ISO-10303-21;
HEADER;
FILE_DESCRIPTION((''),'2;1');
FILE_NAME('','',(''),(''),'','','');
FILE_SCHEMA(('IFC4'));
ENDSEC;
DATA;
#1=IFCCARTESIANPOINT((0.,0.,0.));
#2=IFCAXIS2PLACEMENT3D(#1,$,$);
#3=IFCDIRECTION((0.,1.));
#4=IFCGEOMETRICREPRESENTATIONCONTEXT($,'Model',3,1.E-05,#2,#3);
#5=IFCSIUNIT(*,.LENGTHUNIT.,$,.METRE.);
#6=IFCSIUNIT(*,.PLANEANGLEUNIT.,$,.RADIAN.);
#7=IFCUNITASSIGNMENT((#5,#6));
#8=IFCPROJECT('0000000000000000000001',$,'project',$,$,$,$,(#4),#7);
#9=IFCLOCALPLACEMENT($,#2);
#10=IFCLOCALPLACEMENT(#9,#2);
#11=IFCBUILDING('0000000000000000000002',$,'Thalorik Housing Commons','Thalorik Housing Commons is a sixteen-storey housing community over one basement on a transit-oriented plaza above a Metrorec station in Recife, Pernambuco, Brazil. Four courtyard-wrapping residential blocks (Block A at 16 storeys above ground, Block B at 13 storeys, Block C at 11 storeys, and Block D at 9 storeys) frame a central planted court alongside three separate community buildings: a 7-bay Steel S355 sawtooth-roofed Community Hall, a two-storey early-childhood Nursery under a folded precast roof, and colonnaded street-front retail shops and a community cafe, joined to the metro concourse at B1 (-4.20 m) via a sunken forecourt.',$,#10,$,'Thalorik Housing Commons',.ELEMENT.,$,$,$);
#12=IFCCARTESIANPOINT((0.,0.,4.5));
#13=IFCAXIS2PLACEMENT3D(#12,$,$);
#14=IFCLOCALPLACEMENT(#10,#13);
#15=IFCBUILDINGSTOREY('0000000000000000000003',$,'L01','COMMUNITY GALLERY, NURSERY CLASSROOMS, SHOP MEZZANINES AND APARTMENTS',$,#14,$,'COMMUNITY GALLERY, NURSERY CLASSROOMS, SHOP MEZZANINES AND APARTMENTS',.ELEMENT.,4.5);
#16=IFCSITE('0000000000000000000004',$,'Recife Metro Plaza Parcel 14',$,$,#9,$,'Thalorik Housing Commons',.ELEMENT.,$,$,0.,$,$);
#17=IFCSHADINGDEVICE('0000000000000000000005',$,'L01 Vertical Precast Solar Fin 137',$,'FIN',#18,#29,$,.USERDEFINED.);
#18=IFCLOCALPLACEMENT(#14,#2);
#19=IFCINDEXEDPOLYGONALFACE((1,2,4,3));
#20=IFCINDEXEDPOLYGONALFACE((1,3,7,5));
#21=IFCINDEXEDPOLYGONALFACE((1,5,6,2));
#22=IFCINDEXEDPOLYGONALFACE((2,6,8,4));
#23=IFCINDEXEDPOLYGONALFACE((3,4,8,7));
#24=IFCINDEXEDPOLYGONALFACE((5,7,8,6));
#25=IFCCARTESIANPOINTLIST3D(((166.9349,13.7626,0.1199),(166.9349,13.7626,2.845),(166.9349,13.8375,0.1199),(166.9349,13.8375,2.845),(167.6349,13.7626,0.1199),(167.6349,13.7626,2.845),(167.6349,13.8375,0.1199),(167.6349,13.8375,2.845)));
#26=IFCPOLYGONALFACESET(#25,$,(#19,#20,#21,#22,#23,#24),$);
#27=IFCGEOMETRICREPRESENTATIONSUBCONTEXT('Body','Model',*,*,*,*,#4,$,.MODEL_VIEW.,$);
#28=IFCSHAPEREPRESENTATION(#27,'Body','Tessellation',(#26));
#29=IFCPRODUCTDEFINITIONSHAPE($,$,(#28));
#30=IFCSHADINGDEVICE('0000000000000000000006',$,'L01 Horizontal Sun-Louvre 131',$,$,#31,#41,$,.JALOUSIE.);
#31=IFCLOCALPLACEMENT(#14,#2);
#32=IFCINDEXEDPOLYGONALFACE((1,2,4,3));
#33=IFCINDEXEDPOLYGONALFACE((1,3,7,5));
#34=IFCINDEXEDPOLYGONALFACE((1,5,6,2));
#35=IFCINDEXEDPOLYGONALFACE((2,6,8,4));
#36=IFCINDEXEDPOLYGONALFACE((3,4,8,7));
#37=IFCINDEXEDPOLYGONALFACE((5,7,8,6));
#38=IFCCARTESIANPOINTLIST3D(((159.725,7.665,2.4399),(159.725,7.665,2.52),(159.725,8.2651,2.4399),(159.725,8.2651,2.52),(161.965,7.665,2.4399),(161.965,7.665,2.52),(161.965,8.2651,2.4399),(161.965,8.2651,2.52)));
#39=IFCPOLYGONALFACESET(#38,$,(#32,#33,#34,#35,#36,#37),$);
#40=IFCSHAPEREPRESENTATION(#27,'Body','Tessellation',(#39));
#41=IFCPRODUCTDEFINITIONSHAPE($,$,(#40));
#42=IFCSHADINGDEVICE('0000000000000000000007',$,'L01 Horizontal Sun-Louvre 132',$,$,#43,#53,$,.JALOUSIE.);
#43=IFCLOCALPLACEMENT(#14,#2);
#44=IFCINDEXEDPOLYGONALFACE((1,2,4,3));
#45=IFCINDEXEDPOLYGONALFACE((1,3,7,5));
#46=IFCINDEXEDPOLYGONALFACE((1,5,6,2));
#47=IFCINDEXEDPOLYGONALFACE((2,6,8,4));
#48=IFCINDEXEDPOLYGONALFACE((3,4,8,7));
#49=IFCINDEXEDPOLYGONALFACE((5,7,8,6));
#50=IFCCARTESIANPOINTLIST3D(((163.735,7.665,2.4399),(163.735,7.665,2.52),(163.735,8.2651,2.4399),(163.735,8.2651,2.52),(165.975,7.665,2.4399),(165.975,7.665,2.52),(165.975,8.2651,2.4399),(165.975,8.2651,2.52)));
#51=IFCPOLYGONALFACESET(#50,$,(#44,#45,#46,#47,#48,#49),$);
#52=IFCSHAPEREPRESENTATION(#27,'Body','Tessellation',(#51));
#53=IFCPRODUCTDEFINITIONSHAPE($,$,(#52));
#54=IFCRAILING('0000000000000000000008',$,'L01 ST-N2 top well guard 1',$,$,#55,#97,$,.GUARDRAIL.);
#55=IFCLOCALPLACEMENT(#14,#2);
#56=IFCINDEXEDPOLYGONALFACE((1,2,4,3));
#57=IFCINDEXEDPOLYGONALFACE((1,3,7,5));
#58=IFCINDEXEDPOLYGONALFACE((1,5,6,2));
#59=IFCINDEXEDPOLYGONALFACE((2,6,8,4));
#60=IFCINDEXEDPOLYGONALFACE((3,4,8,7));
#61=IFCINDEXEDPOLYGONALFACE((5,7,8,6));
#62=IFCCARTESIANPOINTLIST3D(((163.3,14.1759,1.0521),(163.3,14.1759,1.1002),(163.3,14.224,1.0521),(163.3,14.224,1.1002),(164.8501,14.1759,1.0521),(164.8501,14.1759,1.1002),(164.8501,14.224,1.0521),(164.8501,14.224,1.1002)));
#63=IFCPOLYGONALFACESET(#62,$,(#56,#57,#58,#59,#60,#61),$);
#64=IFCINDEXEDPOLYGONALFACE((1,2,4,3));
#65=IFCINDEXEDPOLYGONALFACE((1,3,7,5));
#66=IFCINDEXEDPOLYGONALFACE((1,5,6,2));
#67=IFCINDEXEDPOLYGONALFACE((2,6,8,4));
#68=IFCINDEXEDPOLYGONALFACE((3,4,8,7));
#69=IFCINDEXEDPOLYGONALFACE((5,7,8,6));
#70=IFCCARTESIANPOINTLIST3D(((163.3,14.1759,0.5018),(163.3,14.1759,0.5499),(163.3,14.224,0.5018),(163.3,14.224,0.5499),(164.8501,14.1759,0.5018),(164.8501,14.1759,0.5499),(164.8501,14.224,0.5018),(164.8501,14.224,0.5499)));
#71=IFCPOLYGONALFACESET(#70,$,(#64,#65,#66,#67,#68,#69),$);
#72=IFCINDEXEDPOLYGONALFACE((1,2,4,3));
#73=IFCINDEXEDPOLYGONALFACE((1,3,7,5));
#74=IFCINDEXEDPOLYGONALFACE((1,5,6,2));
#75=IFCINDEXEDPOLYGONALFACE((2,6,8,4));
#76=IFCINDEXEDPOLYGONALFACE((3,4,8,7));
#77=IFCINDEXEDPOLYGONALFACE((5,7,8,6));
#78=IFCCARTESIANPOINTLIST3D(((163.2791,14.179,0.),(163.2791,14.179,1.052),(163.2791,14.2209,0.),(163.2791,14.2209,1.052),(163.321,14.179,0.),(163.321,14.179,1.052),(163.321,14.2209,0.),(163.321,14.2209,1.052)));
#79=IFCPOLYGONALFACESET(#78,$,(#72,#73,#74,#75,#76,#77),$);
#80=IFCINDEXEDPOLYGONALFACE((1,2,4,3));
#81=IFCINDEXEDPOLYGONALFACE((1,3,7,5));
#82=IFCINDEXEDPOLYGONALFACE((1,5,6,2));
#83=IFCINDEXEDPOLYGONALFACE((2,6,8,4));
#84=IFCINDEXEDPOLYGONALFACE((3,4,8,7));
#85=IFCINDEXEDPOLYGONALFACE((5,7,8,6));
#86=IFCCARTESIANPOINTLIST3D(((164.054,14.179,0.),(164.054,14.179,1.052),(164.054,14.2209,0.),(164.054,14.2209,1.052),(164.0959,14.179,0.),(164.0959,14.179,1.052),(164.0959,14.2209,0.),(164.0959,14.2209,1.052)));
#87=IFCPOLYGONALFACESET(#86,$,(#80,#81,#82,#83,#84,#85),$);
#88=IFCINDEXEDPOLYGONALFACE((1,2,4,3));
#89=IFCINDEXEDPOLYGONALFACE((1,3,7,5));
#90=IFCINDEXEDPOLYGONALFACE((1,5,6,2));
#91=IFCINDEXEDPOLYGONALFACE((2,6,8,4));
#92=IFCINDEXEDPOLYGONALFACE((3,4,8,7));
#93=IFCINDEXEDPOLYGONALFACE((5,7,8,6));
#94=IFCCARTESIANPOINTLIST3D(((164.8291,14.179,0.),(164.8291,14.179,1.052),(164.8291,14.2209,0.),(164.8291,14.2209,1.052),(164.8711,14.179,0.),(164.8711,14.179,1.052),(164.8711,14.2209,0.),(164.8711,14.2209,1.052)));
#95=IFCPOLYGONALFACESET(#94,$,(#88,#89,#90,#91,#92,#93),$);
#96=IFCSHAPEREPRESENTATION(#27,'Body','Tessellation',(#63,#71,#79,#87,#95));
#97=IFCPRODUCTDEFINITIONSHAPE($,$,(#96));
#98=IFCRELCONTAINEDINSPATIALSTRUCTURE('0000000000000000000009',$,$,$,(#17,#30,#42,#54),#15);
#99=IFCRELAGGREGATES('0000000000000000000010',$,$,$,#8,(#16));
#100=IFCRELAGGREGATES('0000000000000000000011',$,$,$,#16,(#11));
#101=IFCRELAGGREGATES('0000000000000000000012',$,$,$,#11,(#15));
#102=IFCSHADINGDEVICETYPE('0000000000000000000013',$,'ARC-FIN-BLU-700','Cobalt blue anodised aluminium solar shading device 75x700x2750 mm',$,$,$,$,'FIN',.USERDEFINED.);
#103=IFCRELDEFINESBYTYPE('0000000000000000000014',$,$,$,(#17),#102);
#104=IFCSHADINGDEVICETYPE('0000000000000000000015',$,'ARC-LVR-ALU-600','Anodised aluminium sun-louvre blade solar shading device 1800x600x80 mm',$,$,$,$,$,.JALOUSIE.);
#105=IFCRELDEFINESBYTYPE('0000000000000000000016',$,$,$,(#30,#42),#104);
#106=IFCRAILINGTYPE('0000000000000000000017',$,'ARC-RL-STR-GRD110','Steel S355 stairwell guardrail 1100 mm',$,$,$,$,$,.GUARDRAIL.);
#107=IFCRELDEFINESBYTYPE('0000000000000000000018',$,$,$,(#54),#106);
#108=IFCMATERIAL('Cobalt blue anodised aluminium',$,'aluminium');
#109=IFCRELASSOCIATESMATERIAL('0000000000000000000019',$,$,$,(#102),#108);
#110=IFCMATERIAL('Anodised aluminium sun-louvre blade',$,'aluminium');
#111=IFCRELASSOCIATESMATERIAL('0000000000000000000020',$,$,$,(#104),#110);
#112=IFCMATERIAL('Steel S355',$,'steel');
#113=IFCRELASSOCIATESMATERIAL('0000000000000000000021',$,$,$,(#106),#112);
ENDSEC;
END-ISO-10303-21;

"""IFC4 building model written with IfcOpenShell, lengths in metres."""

from ifc_helpers import new_model, si_unit, direction, frame, origin, origin_2d, place, context, subcontext, project, spatial, rectangle, extrude, material, type_object, element, save


model = new_model("IFC4")

# Units and contexts
model_context = context("Model", 3, precision=1e-05, world=origin(), true_north=direction((0.0, 1.0)))
body_context = subcontext(model_context, "Body", "Model", "MODEL_VIEW")
ifc_project = project(units=[si_unit("LENGTHUNIT", "METRE"), si_unit("PLANEANGLEUNIT", "RADIAN")], contexts=[model_context])

# Site, building, storey
site_placement = place(None, origin())
site = spatial("IfcSite", under=ifc_project, at=site_placement, Name="Recife Metro Plaza Parcel 14", LongName="Thalorik Housing Commons", CompositionType="ELEMENT", RefElevation=0.0)
building_placement = place(site_placement, origin())
building = spatial("IfcBuilding", under=site, at=building_placement, Name="Thalorik Housing Commons", Description="Thalorik Housing Commons is a sixteen-storey housing community over one basement on a transit-oriented plaza above a Metrorec station in Recife, Pernambuco, Brazil. Four courtyard-wrapping residential blocks (Block A at 16 storeys above ground, Block B at 13 storeys, Block C at 11 storeys, and Block D at 9 storeys) frame a central planted court alongside three separate community buildings: a 7-bay Steel S355 sawtooth-roofed Community Hall, a two-storey early-childhood Nursery under a folded precast roof, and colonnaded street-front retail shops and a community cafe, joined to the metro concourse at B1 (-4.20 m) via a sunken forecourt.", LongName="Thalorik Housing Commons", CompositionType="ELEMENT")
storey_placement = place(building_placement, frame((0.0, 0.0, 4.5)))
storey = spatial("IfcBuildingStorey", under=building, at=storey_placement, Name="L01", Description="COMMUNITY GALLERY, NURSERY CLASSROOMS, SHOP MEZZANINES AND APARTMENTS", LongName="COMMUNITY GALLERY, NURSERY CLASSROOMS, SHOP MEZZANINES AND APARTMENTS", CompositionType="ELEMENT", Elevation=4.5)

# Shading devices
ifc_material_1 = material(Name="Cobalt blue anodised aluminium", Category="aluminium")
shading_device_type_1 = type_object("IfcShadingDeviceType", Name="ARC-FIN-BLU-700", Description="Cobalt blue anodised aluminium solar shading device 75x700x2750 mm", ElementType="FIN", PredefinedType="USERDEFINED", material=ifc_material_1)
for number, where, z_axis, x_axis, name in (
    (1, (167.2849, 13.8, 0.1199), (0.0, 0.0, 1.0), (0.0, 1.0, 0.0), "L01 Vertical Precast Solar Fin 137"),
):
    element("IfcShadingDevice", number, at=place(storey_placement, frame(where, z_axis=z_axis, x_axis=x_axis)), inside=storey, type_object=shading_device_type_1, Name=name, ObjectType="FIN", PredefinedType="USERDEFINED", context=body_context, shape_type="SweptSolid", body=[
        extrude(rectangle(XDim=0.075, YDim=0.7, at=origin_2d()), origin(), (0.0, 0.0, 1.0), 2.7251),
    ])
ifc_material_2 = material(Name="Anodised aluminium sun-louvre blade", Category="aluminium")
shading_device_type_2 = type_object("IfcShadingDeviceType", Name="ARC-LVR-ALU-600", Description="Anodised aluminium sun-louvre blade solar shading device 1800x600x80 mm", PredefinedType="JALOUSIE", material=ifc_material_2)
for number, where, z_axis, x_axis, name in (
    (2, (160.845, 7.9651, 2.4399), (0.0, 0.0, 1.0), (1.0, 0.0, 0.0), "L01 Horizontal Sun-Louvre 131"),
    (3, (164.855, 7.9651, 2.4399), (0.0, 0.0, 1.0), (1.0, 0.0, 0.0), "L01 Horizontal Sun-Louvre 132"),
):
    element("IfcShadingDevice", number, at=place(storey_placement, frame(where, z_axis=z_axis, x_axis=x_axis)), inside=storey, type_object=shading_device_type_2, Name=name, PredefinedType="JALOUSIE", context=body_context, shape_type="SweptSolid", body=[
        extrude(rectangle(XDim=2.24, YDim=0.6001, at=origin_2d()), origin(), (0.0, 0.0, 1.0), 0.0801),
    ])

# Railing
ifc_material_3 = material(Name="Steel S355", Category="steel")
railing_type = type_object("IfcRailingType", Name="ARC-RL-STR-GRD110", Description="Steel S355 stairwell guardrail 1100 mm", PredefinedType="GUARDRAIL", material=ifc_material_3)
railing_placement = place(storey_placement, frame((163.3, 14.2, 0.0)))
element("IfcRailing", 4, at=railing_placement, inside=storey, type_object=railing_type, Name="L01 ST-N2 top well guard 1", PredefinedType="GUARDRAIL", context=body_context, shape_type="SweptSolid", body=[
    extrude(rectangle(XDim=0.0481, YDim=0.0481, at=origin_2d()), frame((0.0, 0.0, 1.0762), z_axis=(1.0, 0.0, 0.0), x_axis=(0.0, 1.0, 0.0)), (0.0, 0.0, 1.0), 1.55),
    extrude(rectangle(XDim=0.0481, YDim=0.0481, at=origin_2d()), frame((0.0, 0.0, 0.5259), z_axis=(1.0, 0.0, 0.0), x_axis=(0.0, 1.0, 0.0)), (0.0, 0.0, 1.0), 1.55),
    extrude(rectangle(XDim=0.042, YDim=0.042, at=origin_2d()), origin(), (0.0, 0.0, 1.0), 1.052),
    extrude(rectangle(XDim=0.042, YDim=0.042, at=origin_2d()), frame((0.7749, 0.0, 0.0)), (0.0, 0.0, 1.0), 1.052),
    extrude(rectangle(XDim=0.042, YDim=0.042, at=origin_2d()), frame((1.55, 0.0, 0.0)), (0.0, 0.0, 1.0), 1.052),
])

save(model, "model.ifc")
